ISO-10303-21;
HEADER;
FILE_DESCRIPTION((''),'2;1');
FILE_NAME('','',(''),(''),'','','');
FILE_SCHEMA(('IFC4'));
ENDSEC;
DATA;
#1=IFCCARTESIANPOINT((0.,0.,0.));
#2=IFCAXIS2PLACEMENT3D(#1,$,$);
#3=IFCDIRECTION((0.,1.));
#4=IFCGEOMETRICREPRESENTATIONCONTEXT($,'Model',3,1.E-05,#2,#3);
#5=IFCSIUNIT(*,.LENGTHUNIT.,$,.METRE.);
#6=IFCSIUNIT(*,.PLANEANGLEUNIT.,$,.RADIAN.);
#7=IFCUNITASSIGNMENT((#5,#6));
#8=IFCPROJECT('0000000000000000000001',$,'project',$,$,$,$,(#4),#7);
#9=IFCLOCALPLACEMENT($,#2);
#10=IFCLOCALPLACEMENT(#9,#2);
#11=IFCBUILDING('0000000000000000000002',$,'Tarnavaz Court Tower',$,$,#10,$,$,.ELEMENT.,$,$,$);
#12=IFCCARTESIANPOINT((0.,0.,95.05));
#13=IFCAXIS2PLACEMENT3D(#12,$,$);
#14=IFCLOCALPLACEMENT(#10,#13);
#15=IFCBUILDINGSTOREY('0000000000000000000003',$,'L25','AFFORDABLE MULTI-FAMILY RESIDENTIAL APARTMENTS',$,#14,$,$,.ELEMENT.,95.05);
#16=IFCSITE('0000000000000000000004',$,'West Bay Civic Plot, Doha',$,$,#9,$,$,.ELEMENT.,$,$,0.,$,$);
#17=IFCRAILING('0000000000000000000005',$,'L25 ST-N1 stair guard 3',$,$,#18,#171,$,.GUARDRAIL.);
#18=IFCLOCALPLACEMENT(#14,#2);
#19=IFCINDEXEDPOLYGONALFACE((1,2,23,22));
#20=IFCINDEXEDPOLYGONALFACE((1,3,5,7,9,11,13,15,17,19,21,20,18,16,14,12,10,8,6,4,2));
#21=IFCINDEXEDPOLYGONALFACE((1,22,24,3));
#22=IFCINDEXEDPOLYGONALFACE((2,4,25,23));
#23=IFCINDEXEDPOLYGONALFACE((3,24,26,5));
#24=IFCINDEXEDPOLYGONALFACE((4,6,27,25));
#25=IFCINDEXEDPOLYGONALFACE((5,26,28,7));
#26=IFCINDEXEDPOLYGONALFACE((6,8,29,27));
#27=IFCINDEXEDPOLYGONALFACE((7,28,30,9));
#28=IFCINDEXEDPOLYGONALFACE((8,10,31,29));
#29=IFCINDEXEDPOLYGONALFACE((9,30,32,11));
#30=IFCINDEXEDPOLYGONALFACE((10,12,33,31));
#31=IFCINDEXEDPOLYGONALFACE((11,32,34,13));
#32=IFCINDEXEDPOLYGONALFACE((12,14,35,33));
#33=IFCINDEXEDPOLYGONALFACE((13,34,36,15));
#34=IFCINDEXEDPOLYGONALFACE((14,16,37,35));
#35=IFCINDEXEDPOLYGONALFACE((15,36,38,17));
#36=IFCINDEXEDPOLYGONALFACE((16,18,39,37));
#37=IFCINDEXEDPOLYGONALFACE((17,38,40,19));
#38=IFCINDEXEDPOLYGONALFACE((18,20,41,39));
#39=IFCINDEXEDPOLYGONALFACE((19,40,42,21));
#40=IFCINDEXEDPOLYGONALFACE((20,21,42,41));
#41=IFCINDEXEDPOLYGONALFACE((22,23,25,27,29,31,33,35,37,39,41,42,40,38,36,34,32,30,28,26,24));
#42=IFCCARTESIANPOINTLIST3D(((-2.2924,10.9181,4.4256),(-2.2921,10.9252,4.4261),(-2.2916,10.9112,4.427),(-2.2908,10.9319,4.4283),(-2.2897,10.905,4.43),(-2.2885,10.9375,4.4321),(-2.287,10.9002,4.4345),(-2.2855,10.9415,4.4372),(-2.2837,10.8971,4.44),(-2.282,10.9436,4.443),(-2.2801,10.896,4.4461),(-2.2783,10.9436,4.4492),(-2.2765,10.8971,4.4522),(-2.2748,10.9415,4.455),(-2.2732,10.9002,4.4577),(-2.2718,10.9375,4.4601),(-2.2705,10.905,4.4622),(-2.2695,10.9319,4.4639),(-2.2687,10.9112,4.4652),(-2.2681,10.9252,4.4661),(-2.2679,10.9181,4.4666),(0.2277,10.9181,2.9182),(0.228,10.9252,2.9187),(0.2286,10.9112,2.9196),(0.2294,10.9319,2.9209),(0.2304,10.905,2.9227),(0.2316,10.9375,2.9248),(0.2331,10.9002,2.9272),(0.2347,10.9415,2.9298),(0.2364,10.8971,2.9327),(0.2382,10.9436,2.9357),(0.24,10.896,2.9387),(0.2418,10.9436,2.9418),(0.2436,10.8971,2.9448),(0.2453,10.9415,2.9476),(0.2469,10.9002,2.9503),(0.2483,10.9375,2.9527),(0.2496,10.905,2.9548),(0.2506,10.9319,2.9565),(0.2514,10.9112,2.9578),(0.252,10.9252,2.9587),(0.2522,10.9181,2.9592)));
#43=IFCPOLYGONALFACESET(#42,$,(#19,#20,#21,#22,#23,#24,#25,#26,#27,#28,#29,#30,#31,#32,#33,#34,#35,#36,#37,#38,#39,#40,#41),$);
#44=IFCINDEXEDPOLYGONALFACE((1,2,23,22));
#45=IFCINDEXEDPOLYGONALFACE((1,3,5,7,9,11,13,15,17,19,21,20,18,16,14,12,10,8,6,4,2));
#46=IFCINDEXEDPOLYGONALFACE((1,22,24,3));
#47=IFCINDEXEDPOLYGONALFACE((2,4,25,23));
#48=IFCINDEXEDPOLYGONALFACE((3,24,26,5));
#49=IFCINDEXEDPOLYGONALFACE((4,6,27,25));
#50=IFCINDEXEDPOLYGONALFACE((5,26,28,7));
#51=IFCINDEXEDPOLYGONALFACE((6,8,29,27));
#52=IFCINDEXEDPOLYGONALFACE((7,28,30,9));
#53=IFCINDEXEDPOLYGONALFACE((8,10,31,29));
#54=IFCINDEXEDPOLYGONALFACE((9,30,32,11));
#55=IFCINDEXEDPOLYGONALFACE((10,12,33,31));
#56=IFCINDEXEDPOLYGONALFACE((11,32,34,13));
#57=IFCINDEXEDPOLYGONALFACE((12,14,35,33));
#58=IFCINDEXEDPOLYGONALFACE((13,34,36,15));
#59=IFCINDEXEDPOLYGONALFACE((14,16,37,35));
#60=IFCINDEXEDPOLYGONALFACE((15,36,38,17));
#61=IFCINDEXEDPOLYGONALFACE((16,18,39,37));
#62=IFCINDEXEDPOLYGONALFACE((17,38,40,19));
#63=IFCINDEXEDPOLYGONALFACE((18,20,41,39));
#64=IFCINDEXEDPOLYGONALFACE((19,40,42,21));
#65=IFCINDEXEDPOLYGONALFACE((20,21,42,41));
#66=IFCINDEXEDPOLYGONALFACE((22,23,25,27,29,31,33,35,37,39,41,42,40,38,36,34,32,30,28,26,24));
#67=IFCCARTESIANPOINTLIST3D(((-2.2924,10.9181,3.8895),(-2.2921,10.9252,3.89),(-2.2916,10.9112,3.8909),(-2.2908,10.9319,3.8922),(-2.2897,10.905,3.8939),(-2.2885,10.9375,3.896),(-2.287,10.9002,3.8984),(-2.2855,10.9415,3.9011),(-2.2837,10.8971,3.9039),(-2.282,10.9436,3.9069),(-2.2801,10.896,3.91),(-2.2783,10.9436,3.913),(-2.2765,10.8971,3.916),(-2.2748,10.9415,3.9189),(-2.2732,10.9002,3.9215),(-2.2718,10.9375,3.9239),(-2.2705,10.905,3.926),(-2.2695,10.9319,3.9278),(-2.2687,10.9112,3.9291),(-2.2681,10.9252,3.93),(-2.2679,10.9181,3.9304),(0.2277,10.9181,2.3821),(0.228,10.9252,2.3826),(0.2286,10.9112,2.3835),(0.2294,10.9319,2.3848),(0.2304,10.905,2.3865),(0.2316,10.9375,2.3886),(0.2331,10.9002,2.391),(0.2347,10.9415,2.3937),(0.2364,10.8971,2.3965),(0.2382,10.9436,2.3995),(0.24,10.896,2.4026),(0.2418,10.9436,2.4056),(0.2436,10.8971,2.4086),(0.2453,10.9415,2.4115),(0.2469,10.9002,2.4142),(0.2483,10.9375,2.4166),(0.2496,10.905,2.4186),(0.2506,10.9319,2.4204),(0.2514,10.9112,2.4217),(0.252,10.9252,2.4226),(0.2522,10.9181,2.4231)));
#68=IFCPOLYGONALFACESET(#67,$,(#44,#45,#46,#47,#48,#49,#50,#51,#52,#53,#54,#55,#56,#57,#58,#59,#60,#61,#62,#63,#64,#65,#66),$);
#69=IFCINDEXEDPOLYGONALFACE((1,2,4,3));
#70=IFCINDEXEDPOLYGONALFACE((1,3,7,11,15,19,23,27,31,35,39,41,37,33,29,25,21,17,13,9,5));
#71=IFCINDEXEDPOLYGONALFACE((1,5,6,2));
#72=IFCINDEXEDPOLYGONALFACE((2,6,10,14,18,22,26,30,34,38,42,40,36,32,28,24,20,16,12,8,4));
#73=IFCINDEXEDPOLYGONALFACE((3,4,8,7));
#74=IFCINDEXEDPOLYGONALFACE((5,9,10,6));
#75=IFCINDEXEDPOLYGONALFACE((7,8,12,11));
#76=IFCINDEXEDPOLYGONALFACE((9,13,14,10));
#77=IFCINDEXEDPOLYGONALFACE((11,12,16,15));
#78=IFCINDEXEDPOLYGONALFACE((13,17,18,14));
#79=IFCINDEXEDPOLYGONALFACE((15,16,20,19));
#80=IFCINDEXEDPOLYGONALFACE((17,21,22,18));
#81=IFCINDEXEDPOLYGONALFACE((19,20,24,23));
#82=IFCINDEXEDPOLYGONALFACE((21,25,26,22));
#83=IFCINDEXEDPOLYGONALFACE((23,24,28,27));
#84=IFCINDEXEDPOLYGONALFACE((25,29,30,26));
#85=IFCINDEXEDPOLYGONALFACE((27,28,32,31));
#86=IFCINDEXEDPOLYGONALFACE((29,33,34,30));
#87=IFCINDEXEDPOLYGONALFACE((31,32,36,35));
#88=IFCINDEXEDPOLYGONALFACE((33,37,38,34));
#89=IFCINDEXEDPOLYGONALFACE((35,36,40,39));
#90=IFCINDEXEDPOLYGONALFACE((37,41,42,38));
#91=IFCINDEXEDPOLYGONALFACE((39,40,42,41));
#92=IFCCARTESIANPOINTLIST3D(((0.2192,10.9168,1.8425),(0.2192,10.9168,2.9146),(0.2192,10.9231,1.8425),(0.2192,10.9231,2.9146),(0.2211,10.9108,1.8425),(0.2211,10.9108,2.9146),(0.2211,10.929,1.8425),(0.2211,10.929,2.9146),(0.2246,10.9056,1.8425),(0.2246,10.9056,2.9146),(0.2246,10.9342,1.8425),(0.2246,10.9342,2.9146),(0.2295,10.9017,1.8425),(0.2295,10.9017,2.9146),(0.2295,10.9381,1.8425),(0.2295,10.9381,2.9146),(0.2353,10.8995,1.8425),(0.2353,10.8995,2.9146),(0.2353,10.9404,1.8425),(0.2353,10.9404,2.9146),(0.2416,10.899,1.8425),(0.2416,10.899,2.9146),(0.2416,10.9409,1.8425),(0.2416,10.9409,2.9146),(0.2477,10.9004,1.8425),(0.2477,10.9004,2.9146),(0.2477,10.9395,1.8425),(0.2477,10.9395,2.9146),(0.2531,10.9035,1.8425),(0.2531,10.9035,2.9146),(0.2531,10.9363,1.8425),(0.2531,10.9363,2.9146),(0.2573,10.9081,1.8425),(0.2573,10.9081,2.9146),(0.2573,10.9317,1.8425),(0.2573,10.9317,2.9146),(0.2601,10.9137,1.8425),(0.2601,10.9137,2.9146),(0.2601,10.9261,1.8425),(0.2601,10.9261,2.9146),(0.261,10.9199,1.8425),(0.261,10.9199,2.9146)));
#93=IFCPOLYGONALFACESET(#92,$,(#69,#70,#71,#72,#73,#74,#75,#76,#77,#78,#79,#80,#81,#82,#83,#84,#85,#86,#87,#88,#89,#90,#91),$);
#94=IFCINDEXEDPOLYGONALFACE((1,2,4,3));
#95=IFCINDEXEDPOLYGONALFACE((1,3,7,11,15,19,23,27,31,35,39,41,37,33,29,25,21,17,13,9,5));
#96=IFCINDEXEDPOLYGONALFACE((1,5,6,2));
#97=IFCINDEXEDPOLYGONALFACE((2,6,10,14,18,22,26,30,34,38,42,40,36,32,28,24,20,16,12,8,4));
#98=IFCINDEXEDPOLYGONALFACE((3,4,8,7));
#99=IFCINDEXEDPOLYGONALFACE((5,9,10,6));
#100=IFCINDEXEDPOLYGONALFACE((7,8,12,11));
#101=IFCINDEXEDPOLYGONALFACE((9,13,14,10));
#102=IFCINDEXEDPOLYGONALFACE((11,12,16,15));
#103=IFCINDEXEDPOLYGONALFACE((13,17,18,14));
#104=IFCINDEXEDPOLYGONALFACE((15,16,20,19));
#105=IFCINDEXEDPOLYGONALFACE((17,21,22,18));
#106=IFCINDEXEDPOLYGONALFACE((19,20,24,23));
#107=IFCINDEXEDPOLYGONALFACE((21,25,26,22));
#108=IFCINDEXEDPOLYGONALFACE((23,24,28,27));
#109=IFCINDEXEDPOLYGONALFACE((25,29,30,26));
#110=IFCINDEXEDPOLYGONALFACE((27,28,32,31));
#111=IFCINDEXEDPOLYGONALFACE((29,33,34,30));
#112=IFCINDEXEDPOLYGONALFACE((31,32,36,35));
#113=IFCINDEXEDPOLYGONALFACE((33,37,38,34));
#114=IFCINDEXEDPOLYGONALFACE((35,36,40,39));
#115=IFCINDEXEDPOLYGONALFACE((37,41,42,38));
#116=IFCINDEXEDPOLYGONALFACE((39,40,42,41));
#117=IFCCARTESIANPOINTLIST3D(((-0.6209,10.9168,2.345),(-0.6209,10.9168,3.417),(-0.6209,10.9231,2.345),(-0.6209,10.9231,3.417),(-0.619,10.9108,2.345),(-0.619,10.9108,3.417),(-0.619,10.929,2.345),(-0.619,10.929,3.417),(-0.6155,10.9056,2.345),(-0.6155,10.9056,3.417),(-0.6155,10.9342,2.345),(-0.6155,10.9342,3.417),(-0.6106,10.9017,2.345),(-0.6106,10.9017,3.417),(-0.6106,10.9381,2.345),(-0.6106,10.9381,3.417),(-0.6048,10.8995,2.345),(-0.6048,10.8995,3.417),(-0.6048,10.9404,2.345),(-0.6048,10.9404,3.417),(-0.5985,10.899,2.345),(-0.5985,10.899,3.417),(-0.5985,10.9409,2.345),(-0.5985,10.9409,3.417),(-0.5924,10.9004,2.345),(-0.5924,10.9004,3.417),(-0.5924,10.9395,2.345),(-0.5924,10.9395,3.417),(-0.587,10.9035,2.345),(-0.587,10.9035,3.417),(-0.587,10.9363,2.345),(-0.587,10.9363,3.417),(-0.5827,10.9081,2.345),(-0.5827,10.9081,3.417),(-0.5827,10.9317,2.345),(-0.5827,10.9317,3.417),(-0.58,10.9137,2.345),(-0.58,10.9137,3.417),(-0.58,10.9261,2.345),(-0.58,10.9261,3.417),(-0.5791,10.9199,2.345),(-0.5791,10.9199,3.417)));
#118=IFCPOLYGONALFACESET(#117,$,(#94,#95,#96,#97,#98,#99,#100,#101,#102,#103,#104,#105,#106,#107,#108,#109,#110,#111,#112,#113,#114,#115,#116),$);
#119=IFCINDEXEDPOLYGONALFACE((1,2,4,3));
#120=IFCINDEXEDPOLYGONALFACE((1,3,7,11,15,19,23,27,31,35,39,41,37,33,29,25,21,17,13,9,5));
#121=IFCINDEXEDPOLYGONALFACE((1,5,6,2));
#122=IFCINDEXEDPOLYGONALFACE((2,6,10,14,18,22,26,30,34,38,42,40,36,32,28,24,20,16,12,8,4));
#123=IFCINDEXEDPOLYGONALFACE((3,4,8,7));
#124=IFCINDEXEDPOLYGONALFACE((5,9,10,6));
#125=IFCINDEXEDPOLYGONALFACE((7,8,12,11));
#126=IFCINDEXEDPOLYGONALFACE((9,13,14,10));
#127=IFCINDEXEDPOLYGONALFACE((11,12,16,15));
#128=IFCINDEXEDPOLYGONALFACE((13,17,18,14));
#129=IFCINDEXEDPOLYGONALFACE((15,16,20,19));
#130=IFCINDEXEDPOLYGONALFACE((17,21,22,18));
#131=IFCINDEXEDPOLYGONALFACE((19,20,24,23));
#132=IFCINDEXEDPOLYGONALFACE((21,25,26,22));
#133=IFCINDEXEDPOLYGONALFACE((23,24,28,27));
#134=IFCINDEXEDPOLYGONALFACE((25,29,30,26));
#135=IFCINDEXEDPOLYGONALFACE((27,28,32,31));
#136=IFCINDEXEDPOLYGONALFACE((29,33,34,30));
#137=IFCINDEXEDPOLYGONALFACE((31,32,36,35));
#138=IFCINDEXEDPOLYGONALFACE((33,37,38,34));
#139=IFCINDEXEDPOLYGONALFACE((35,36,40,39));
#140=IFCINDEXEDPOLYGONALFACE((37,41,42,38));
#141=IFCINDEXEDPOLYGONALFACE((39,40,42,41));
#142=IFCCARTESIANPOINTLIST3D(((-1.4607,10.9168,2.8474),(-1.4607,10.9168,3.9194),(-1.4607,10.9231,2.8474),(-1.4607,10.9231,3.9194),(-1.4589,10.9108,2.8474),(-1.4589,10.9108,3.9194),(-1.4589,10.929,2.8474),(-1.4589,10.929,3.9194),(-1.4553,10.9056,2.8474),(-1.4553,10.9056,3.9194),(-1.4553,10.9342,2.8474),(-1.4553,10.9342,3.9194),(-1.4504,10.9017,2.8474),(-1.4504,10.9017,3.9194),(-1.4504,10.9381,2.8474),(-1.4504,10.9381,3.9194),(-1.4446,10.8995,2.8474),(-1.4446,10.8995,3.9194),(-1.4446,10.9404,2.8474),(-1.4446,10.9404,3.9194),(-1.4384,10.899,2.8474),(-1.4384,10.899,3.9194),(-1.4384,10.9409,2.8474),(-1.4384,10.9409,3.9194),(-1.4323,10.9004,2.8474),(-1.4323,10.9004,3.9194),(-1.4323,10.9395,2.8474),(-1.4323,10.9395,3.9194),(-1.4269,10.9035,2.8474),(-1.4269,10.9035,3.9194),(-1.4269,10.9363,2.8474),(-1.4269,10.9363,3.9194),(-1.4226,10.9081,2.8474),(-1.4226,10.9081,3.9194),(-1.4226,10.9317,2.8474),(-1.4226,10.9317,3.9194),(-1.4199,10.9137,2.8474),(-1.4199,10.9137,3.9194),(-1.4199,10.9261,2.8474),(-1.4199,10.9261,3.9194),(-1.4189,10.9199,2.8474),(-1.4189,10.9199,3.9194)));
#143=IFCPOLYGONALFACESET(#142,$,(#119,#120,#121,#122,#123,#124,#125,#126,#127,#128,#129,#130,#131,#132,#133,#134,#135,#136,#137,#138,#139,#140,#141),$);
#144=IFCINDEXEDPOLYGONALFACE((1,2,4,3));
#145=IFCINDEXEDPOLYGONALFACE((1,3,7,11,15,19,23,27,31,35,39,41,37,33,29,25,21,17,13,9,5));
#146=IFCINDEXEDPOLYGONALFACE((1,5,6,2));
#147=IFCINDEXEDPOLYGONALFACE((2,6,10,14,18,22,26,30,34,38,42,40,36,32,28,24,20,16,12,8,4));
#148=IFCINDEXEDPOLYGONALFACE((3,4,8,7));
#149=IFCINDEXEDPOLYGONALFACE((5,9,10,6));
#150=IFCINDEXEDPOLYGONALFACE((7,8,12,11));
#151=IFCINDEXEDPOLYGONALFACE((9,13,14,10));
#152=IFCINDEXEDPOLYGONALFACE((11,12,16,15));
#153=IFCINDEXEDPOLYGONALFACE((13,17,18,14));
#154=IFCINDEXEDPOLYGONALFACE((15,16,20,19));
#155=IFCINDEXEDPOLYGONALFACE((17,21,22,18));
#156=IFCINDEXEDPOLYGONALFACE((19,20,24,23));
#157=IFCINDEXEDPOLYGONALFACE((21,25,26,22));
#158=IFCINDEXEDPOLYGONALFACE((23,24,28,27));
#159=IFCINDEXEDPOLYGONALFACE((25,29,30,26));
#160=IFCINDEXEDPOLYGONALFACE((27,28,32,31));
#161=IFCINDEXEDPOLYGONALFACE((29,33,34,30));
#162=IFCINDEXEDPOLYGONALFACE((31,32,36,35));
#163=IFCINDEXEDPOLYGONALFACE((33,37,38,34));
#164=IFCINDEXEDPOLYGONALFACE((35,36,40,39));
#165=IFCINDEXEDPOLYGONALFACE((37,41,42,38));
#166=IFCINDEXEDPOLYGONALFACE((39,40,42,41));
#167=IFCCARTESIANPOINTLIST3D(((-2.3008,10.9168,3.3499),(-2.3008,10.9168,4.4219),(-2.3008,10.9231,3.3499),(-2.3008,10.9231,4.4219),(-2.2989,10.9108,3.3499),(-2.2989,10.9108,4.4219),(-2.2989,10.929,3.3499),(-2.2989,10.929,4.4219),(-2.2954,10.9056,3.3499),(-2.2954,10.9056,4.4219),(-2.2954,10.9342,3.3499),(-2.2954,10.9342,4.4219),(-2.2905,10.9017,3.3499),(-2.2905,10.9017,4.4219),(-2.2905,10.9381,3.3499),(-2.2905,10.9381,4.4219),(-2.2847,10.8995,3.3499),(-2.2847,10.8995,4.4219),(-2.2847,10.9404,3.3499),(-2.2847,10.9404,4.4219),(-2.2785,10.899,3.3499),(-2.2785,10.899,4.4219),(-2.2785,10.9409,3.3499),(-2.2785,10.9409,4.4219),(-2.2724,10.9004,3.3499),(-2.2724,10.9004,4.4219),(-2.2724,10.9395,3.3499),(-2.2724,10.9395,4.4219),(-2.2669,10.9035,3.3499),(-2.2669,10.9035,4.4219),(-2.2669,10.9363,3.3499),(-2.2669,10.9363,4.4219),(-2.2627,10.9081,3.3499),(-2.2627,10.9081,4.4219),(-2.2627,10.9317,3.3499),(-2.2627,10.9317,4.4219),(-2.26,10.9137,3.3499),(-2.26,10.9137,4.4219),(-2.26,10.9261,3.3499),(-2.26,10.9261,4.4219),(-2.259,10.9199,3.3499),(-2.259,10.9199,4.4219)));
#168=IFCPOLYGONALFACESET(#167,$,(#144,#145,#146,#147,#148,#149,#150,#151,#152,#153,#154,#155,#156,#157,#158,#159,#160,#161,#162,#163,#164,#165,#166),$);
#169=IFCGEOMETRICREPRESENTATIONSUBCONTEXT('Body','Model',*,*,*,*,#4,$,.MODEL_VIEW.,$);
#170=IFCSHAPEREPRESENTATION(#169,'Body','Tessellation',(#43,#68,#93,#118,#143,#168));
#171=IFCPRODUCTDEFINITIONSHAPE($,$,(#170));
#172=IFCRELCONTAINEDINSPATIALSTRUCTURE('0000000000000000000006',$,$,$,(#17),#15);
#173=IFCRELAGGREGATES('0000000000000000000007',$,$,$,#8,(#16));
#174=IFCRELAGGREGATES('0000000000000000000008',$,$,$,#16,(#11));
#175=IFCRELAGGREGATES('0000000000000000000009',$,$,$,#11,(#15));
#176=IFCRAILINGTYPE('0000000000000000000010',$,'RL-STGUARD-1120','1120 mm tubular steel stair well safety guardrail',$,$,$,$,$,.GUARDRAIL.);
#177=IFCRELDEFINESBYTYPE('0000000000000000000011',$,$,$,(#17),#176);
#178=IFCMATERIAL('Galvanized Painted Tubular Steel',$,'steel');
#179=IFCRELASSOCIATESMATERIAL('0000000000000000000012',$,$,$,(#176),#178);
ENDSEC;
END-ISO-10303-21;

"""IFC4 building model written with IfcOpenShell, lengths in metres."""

from ifc_helpers import new_model, si_unit, direction, frame, origin, origin_2d, place, context, subcontext, project, spatial, circle, extrude, material, type_object, element, save


model = new_model("IFC4")

# Units and contexts
model_context = context("Model", 3, precision=1e-05, world=origin(), true_north=direction((0.0, 1.0)))
body_context = subcontext(model_context, "Body", "Model", "MODEL_VIEW")
ifc_project = project(units=[si_unit("LENGTHUNIT", "METRE"), si_unit("PLANEANGLEUNIT", "RADIAN")], contexts=[model_context])

# Site, building, storey
site_placement = place(None, origin())
site = spatial("IfcSite", under=ifc_project, at=site_placement, Name="West Bay Civic Plot, Doha", CompositionType="ELEMENT", RefElevation=0.0)
building_placement = place(site_placement, origin())
building = spatial("IfcBuilding", under=site, at=building_placement, Name="Tarnavaz Court Tower", CompositionType="ELEMENT")
storey_placement = place(building_placement, frame((0.0, 0.0, 95.05)))
storey = spatial("IfcBuildingStorey", under=building, at=storey_placement, Name="L25", Description="AFFORDABLE MULTI-FAMILY RESIDENTIAL APARTMENTS", CompositionType="ELEMENT", Elevation=95.05)

# Railing
ifc_material_1 = material(Name="Galvanized Painted Tubular Steel", Category="steel")
railing_type_1 = type_object("IfcRailingType", Name="RL-STGUARD-1120", Description="1120 mm tubular steel stair well safety guardrail", PredefinedType="GUARDRAIL", material=ifc_material_1)
railing_1_placement = place(storey_placement, frame((0.24, 10.9199, 1.8425)))
element("IfcRailing", 1, at=railing_1_placement, inside=storey, type_object=railing_type_1, Name="L25 ST-N1 stair guard 3", PredefinedType="GUARDRAIL", context=body_context, shape_type="SweptSolid", body=[
    extrude(circle(Radius=0.0239, at=origin_2d()), frame((0.0, 0.0, 1.0962), z_axis=(-0.858196, 0.0, 0.513321), x_axis=(0.0, -1.0, 0.0)), (0.0, 0.0, 1.0), 2.9365),
    extrude(circle(Radius=0.0239, at=origin_2d()), frame((0.0, 0.0, 0.5601), z_axis=(-0.858196, 0.0, 0.513321), x_axis=(0.0, -1.0, 0.0)), (0.0, 0.0, 1.0), 2.9365),
    extrude(circle(Radius=0.021, at=origin_2d()), origin(), (0.0, 0.0, 1.0), 1.072),
    extrude(circle(Radius=0.021, at=origin_2d()), frame((-0.8401, 0.0, 0.5024)), (0.0, 0.0, 1.0), 1.072),
    extrude(circle(Radius=0.021, at=origin_2d()), frame((-1.6799, 0.0, 1.0049)), (0.0, 0.0, 1.0), 1.072),
    extrude(circle(Radius=0.021, at=origin_2d()), frame((-2.52, 0.0, 1.5073)), (0.0, 0.0, 1.0), 1.072),
])

save(model, "model.ifc")
